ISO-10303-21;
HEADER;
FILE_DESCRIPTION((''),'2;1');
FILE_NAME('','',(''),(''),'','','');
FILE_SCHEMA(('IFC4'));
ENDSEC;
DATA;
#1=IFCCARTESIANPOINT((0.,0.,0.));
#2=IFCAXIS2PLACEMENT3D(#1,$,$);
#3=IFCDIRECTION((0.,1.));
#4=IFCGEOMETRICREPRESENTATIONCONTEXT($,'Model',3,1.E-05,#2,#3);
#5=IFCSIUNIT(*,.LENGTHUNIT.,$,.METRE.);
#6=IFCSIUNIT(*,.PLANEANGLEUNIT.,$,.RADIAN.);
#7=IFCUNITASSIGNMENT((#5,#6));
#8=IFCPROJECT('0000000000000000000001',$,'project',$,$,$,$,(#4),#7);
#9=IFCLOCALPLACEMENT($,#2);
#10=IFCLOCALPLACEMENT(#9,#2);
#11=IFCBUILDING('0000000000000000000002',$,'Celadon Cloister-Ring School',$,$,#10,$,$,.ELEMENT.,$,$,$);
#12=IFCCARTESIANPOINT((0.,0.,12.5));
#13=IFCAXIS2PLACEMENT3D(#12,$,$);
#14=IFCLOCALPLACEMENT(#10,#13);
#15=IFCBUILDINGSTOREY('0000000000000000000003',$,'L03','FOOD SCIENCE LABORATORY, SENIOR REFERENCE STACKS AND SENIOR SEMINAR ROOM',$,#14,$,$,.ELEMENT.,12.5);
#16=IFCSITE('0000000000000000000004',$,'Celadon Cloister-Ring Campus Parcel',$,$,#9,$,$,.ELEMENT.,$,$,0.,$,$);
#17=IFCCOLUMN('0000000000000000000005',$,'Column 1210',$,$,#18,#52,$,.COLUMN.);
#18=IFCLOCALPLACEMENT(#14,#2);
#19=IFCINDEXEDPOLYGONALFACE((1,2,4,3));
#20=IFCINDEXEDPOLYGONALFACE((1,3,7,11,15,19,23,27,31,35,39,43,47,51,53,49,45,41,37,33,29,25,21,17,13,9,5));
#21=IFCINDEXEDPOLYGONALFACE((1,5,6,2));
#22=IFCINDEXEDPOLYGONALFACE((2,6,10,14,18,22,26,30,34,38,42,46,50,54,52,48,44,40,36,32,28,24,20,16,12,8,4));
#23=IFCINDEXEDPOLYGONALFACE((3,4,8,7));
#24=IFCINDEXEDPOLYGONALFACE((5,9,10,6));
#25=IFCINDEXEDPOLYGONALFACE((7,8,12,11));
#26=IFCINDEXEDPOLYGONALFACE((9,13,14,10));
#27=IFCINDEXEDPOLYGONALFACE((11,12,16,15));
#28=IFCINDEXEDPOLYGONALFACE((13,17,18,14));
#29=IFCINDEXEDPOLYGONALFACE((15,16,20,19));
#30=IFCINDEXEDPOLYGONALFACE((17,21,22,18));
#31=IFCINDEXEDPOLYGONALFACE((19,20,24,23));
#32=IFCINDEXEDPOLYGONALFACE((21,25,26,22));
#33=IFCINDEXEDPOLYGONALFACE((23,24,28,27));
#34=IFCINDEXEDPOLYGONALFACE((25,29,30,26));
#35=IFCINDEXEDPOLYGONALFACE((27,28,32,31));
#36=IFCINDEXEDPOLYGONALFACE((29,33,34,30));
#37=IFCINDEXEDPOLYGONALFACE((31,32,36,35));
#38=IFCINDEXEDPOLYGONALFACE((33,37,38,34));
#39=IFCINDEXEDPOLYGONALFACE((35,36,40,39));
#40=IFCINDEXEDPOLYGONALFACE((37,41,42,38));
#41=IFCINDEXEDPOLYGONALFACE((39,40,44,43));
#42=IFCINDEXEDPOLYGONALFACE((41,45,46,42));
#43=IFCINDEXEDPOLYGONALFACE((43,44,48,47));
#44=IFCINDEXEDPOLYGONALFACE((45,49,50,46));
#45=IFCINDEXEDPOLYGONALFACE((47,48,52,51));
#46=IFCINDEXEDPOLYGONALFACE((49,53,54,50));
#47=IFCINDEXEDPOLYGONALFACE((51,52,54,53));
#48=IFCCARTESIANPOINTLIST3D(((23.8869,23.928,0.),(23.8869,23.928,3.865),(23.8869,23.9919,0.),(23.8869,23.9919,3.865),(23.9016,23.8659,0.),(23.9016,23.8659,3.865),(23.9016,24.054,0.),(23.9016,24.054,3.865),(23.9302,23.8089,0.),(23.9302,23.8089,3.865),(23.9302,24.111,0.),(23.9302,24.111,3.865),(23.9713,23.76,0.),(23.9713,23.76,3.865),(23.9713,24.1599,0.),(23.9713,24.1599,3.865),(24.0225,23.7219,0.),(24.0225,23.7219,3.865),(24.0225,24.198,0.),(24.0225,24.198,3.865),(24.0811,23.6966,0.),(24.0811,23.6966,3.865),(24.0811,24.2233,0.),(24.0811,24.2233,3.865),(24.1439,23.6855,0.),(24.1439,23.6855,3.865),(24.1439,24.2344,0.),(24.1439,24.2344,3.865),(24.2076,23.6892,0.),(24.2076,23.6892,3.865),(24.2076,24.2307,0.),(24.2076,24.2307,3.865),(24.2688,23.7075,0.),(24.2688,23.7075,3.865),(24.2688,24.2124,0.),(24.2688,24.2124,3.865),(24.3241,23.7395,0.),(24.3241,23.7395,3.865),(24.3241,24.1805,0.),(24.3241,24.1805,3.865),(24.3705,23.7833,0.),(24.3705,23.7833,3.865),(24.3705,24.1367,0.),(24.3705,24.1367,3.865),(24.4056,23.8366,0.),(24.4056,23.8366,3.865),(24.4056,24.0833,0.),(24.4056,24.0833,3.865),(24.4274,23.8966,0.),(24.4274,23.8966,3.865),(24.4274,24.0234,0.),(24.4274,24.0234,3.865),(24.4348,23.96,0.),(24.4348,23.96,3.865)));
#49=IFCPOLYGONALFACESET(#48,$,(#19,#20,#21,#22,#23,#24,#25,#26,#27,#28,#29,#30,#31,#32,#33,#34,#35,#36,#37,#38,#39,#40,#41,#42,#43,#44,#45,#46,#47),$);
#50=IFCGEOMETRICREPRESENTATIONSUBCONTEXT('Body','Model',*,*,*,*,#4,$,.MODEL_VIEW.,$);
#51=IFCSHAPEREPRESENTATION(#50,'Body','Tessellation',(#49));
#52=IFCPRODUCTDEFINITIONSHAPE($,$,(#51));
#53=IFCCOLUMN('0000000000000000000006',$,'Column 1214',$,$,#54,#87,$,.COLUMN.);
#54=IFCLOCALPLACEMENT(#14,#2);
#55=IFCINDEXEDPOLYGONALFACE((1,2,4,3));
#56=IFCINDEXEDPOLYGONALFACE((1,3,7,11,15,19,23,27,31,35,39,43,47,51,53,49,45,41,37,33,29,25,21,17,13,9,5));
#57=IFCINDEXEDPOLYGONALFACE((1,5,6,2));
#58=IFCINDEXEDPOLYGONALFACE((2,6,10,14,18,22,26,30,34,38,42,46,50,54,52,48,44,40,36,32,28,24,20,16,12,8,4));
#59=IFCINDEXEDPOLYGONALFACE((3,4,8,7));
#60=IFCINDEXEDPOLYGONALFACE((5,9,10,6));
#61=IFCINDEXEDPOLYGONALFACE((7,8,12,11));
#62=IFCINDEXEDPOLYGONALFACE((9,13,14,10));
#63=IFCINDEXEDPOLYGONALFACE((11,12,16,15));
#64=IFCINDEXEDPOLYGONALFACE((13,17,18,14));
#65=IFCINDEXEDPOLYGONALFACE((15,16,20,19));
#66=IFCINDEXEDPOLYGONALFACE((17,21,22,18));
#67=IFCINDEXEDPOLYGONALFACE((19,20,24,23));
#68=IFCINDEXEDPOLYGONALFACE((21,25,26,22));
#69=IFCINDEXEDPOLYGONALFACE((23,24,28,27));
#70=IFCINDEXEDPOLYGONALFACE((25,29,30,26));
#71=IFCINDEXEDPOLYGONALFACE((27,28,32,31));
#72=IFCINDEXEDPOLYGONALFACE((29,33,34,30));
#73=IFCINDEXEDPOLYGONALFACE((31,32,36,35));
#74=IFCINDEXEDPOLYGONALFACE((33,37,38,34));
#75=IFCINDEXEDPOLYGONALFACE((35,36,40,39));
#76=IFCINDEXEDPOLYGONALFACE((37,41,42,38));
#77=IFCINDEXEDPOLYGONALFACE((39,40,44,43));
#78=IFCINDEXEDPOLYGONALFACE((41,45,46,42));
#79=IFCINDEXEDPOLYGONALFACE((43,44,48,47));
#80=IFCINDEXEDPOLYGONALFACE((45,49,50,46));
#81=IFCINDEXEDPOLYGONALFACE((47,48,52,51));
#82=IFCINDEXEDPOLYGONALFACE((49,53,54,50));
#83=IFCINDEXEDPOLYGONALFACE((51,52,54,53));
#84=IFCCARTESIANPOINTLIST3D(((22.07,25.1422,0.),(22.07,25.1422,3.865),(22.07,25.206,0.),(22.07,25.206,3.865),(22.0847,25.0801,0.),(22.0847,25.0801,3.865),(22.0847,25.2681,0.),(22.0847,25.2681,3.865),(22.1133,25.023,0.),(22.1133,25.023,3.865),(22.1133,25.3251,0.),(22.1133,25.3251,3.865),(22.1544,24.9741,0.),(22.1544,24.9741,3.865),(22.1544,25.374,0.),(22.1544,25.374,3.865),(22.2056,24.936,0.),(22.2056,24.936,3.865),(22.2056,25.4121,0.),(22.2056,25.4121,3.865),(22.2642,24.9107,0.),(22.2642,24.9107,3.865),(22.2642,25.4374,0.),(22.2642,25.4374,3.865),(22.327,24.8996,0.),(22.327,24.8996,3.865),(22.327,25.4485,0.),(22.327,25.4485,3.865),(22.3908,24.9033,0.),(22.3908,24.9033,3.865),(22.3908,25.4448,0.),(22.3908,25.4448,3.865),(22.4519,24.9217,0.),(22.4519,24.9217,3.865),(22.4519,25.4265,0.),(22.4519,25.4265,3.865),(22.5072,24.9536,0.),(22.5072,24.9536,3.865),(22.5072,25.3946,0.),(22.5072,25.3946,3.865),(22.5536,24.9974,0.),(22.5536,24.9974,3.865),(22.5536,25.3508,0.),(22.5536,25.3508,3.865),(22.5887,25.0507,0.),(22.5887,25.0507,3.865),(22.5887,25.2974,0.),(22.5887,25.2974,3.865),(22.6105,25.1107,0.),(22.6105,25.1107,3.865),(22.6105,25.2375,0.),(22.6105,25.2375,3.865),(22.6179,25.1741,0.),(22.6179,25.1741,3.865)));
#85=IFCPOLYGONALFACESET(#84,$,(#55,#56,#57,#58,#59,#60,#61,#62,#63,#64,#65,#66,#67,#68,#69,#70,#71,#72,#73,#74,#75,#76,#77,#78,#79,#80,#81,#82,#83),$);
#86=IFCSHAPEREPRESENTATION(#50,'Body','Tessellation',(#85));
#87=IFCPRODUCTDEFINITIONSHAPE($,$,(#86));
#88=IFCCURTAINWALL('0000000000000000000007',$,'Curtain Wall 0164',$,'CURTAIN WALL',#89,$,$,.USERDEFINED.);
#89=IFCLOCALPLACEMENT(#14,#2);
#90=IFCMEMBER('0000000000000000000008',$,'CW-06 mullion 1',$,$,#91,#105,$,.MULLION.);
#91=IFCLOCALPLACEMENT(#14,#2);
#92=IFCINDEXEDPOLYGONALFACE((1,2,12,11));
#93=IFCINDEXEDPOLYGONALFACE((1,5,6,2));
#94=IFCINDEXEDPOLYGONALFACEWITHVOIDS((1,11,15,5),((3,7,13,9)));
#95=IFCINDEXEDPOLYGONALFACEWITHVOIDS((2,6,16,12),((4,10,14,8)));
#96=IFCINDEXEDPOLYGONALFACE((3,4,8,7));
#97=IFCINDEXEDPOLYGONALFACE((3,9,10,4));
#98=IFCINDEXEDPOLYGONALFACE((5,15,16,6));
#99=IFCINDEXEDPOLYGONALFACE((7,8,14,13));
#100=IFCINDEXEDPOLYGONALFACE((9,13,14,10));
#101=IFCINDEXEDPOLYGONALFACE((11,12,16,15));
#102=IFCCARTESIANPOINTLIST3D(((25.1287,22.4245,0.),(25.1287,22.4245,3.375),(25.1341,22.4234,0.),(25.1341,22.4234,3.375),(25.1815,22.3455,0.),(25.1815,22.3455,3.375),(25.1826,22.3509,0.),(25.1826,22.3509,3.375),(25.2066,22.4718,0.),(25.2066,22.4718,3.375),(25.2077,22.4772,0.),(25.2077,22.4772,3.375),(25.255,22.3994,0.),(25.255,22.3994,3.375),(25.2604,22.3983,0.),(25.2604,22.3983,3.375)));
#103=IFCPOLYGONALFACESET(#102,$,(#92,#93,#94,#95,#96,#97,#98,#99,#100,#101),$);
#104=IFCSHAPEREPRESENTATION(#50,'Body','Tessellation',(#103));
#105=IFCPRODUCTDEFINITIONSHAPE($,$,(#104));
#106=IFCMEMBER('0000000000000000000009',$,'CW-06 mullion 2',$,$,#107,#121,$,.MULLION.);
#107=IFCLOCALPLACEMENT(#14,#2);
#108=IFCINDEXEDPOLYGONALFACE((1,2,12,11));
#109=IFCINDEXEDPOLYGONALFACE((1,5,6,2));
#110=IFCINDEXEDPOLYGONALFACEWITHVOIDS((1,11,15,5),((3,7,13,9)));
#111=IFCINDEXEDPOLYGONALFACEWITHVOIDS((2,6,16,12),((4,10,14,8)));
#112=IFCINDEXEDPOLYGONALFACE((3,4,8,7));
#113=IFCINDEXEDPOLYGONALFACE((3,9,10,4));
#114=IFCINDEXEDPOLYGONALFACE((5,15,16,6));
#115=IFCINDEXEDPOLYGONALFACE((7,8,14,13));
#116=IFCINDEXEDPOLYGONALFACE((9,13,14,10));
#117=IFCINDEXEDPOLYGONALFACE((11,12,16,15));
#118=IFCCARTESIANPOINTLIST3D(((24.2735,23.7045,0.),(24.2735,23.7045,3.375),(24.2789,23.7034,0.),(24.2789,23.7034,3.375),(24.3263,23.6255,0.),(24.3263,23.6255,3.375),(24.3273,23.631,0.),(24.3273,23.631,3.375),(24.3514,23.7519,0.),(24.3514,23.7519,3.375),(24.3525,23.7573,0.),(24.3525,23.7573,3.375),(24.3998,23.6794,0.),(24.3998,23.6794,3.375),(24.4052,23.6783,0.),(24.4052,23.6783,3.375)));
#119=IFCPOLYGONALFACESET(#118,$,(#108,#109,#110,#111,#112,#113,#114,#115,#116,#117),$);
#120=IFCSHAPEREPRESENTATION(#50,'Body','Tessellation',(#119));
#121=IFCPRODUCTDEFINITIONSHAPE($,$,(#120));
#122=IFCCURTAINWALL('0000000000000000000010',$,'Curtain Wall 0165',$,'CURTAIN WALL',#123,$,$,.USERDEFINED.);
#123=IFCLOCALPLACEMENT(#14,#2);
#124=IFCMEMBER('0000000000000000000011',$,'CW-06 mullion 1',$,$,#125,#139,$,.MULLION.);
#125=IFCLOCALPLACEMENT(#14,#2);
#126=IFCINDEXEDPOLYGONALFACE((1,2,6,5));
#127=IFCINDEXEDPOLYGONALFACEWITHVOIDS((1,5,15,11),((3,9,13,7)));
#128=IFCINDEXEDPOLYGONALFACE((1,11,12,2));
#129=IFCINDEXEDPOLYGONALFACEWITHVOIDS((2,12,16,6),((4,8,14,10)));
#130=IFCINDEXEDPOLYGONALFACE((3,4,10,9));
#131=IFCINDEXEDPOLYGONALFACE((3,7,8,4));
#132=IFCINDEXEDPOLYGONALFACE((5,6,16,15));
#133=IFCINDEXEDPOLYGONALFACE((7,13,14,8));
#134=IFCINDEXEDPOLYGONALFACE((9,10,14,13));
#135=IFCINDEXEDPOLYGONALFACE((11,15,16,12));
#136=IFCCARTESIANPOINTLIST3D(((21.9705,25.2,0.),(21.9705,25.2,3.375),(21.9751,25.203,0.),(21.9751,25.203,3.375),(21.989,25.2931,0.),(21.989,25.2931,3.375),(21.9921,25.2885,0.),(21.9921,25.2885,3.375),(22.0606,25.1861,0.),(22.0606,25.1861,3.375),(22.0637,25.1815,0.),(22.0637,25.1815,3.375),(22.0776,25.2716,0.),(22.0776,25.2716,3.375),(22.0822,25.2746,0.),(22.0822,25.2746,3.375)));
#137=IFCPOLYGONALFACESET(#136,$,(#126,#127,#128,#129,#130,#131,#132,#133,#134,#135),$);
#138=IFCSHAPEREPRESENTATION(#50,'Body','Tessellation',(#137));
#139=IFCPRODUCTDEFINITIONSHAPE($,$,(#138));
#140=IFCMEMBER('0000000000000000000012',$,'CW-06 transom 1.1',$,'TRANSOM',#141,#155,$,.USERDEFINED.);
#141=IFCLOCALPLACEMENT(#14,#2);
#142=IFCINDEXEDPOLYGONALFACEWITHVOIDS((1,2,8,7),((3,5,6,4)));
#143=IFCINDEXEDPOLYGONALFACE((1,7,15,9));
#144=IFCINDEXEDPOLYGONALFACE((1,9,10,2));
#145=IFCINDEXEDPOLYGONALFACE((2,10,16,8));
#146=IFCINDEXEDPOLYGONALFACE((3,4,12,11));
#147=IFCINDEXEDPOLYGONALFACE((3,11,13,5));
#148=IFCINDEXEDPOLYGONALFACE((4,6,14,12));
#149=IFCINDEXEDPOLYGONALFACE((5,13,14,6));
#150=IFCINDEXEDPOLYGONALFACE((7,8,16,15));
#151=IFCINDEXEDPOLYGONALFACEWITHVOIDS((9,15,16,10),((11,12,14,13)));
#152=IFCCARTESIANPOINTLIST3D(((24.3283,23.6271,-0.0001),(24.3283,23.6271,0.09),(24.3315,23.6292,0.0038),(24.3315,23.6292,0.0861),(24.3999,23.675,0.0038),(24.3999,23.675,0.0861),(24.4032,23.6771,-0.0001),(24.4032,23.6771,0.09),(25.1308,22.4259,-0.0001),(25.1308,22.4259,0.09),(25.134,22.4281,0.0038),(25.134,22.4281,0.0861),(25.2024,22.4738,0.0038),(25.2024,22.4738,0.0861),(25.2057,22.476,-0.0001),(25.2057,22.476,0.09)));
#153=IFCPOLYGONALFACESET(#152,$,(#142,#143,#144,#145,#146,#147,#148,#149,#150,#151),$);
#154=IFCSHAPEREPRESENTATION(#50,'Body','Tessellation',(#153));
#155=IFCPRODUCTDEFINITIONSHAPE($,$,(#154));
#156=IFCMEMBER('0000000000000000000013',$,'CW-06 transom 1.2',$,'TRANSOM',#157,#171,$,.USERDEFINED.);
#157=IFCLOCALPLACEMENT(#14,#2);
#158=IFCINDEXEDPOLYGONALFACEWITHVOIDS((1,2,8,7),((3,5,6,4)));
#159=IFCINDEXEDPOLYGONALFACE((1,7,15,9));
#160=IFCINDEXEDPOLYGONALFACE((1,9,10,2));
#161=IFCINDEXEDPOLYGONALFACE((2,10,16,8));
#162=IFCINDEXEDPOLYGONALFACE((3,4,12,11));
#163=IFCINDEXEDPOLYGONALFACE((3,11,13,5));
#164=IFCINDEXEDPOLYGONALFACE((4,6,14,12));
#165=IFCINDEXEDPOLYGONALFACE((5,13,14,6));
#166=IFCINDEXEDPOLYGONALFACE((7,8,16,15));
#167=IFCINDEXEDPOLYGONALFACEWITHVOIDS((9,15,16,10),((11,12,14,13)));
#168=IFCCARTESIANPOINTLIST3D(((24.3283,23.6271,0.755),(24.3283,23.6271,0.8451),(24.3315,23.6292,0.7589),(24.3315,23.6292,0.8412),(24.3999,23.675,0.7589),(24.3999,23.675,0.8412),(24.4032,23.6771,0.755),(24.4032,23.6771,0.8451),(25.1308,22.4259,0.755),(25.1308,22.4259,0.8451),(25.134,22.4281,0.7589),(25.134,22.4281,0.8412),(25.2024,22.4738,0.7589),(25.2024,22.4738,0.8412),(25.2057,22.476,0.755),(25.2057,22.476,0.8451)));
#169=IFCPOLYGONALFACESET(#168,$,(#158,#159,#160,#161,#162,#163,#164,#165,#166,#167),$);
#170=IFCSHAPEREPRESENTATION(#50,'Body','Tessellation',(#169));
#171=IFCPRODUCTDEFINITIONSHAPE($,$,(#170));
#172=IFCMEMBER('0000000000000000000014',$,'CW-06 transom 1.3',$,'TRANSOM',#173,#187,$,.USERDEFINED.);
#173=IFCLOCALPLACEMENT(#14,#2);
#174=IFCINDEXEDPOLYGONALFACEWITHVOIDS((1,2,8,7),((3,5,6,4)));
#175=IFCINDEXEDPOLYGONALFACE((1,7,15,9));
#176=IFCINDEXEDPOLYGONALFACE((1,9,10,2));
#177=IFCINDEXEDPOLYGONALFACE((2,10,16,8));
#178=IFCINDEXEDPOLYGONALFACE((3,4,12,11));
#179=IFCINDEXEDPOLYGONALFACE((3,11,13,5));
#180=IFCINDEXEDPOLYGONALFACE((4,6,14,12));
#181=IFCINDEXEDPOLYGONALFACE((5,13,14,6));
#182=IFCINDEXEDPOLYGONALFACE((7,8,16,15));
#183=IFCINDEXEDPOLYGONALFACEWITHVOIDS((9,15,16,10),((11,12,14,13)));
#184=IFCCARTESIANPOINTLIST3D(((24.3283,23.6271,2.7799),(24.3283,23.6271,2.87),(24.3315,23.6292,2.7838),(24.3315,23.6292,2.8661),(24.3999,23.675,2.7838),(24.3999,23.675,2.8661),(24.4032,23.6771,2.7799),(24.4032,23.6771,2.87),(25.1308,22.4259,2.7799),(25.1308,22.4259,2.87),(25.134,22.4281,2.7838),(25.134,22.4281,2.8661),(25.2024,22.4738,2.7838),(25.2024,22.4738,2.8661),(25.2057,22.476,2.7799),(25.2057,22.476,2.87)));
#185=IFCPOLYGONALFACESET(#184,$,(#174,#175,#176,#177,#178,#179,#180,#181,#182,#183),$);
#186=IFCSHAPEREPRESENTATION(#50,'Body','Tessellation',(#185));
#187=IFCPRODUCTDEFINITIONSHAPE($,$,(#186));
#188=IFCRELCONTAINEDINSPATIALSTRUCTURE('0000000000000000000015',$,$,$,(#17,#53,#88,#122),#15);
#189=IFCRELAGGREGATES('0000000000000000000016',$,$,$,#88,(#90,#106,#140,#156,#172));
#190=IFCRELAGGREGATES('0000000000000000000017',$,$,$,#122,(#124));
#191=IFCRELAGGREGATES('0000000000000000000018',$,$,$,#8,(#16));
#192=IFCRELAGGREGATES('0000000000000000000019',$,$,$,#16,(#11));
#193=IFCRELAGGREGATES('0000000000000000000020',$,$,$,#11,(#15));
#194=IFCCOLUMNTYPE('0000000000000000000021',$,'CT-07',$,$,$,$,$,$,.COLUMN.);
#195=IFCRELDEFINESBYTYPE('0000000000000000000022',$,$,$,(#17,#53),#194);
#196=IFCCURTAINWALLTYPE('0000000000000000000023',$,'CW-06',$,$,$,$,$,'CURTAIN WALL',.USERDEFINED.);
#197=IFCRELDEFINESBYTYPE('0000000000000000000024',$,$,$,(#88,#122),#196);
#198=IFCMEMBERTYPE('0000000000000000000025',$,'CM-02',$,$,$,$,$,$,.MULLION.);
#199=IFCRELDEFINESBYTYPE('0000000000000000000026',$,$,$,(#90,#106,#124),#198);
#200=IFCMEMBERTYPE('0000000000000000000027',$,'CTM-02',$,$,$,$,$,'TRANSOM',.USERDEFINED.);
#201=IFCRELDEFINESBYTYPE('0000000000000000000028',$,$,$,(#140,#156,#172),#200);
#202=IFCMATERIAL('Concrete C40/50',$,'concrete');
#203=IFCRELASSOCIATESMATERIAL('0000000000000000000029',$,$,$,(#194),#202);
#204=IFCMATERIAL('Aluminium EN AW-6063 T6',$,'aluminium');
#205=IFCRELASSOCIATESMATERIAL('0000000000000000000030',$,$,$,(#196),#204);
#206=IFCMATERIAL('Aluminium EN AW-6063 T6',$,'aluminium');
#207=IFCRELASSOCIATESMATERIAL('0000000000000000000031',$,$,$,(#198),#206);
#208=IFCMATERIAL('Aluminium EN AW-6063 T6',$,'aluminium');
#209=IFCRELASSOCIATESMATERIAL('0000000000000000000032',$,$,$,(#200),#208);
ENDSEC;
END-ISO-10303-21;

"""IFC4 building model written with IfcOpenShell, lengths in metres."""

from ifc_helpers import new_model, si_unit, direction, frame, origin, origin_2d, place, context, subcontext, project, spatial, hollow_rectangle, circle, extrude, material, material_profile, profile_set, type_object, element, aggregate, save


model = new_model("IFC4")

# Units and contexts
model_context = context("Model", 3, precision=1e-05, world=origin(), true_north=direction((0.0, 1.0)))
body_context = subcontext(model_context, "Body", "Model", "MODEL_VIEW")
ifc_project = project(units=[si_unit("LENGTHUNIT", "METRE"), si_unit("PLANEANGLEUNIT", "RADIAN")], contexts=[model_context])

# Site, building, storey
site_placement = place(None, origin())
site = spatial("IfcSite", under=ifc_project, at=site_placement, Name="Celadon Cloister-Ring Campus Parcel", CompositionType="ELEMENT", RefElevation=0.0)
building_placement = place(site_placement, origin())
building = spatial("IfcBuilding", under=site, at=building_placement, Name="Celadon Cloister-Ring School", CompositionType="ELEMENT")
storey_placement = place(building_placement, frame((0.0, 0.0, 12.5)))
storey = spatial("IfcBuildingStorey", under=building, at=storey_placement, Name="L03", Description="FOOD SCIENCE LABORATORY, SENIOR REFERENCE STACKS AND SENIOR SEMINAR ROOM", CompositionType="ELEMENT", Elevation=12.5)

# Columns
ifc_material_1 = material(Name="Concrete C40/50", Category="concrete")
ifc_material_profile_1 = material_profile(ifc_material_1, circle(Radius=0.2749, at=origin_2d()), Name="CIRC550")
ifc_profile_set_1 = profile_set([ifc_material_profile_1], Name="Concrete C40/50")
column_type = type_object("IfcColumnType", Name="CT-07", PredefinedType="COLUMN", material=ifc_profile_set_1)
for number, where, z_axis, x_axis, name in (
    (1, (24.1599, 23.96, 0.0), (0.0, 0.0, 1.0), (1.0, 0.0, 0.0), "Column 1210"),
    (2, (22.343, 25.1741, 0.0), (0.0, 0.0, 1.0), (1.0, 0.0, 0.0), "Column 1214"),
):
    element("IfcColumn", number, at=place(storey_placement, frame(where, z_axis=z_axis, x_axis=x_axis)), inside=storey, type_object=column_type, Name=name, PredefinedType="COLUMN", context=body_context, shape_type="SweptSolid", body=[
        extrude(circle(Radius=0.2749, at=origin_2d()), origin(), (0.0, 0.0, 1.0), 3.865),
    ])

# Curtain wall, members
ifc_material_2 = material(Name="Aluminium EN AW-6063 T6", Category="aluminium")
curtain_wall_type = type_object("IfcCurtainWallType", Name="CW-06", ElementType="CURTAIN WALL", PredefinedType="USERDEFINED", material=ifc_material_2)
curtain_wall_1_placement = place(storey_placement, origin())
curtain_wall_1 = element("IfcCurtainWall", 3, at=curtain_wall_1_placement, inside=storey, type_object=curtain_wall_type, Name="Curtain Wall 0164", ObjectType="CURTAIN WALL", PredefinedType="USERDEFINED")
ifc_material_3 = material(Name="Aluminium EN AW-6063 T6", Category="aluminium")
ifc_material_profile_2 = material_profile(ifc_material_3, hollow_rectangle(XDim=0.095, YDim=0.095, WallThickness=0.0039, at=origin_2d()), Name="RHS95X95X4")
ifc_profile_set_2 = profile_set([ifc_material_profile_2], Name="Aluminium EN AW-6063 T6")
member_type_1 = type_object("IfcMemberType", Name="CM-02", PredefinedType="MULLION", material=ifc_profile_set_2)
member_1_placement = place(storey_placement, frame((25.1946, 22.4114, 0.0), z_axis=(0.0, 0.0, 1.0), x_axis=(-0.831485, -0.555547, 0.0)))
member_1 = element("IfcMember", 4, at=member_1_placement, type_object=member_type_1, Name="CW-06 mullion 1", PredefinedType="MULLION", context=body_context, shape_type="SweptSolid", body=[
    extrude(hollow_rectangle(XDim=0.095, YDim=0.095, WallThickness=0.0039, at=origin_2d()), origin(), (0.0, 0.0, 1.0), 3.375),
])
member_2_placement = place(storey_placement, frame((24.3394, 23.6914, 0.0), z_axis=(0.0, 0.0, 1.0), x_axis=(-0.831485, -0.555547, 0.0)))
member_2 = element("IfcMember", 5, at=member_2_placement, type_object=member_type_1, Name="CW-06 mullion 2", PredefinedType="MULLION", context=body_context, shape_type="SweptSolid", body=[
    extrude(hollow_rectangle(XDim=0.095, YDim=0.095, WallThickness=0.0039, at=origin_2d()), origin(), (0.0, 0.0, 1.0), 3.375),
])

# Curtain wall, member
curtain_wall_2_placement = place(storey_placement, origin())
curtain_wall_2 = element("IfcCurtainWall", 6, at=curtain_wall_2_placement, inside=storey, type_object=curtain_wall_type, Name="Curtain Wall 0165", ObjectType="CURTAIN WALL", PredefinedType="USERDEFINED")
member_3_placement = place(storey_placement, frame((22.0264, 25.2373, 0.0), z_axis=(0.0, 0.0, 1.0), x_axis=(-0.194586, -0.980885, 0.0)))
member_3 = element("IfcMember", 7, at=member_3_placement, type_object=member_type_1, Name="CW-06 mullion 1", PredefinedType="MULLION", context=body_context, shape_type="SweptSolid", body=[
    extrude(hollow_rectangle(XDim=0.095, YDim=0.095, WallThickness=0.0039, at=origin_2d()), origin(), (0.0, 0.0, 1.0), 3.375),
])

# Members
ifc_material_4 = material(Name="Aluminium EN AW-6063 T6", Category="aluminium")
ifc_material_profile_3 = material_profile(ifc_material_4, hollow_rectangle(XDim=0.0901, YDim=0.0901, WallThickness=0.0039, at=origin_2d()), Name="RHS90X90X4")
ifc_profile_set_3 = profile_set([ifc_material_profile_3], Name="Aluminium EN AW-6063 T6")
member_type_2 = type_object("IfcMemberType", Name="CTM-02", ElementType="TRANSOM", PredefinedType="USERDEFINED", material=ifc_profile_set_3)
member_4_placement = place(storey_placement, frame((25.1682, 22.4509, 0.0449), z_axis=(-0.555519, 0.831504, 0.0), x_axis=(-0.831504, -0.555519, 0.0)))
member_4 = element("IfcMember", 8, at=member_4_placement, type_object=member_type_2, Name="CW-06 transom 1.1", ObjectType="TRANSOM", PredefinedType="USERDEFINED", context=body_context, shape_type="SweptSolid", body=[
    extrude(hollow_rectangle(XDim=0.0901, YDim=0.0901, WallThickness=0.0039, at=origin_2d()), origin(), (0.0, 0.0, 1.0), 1.4446),
])
member_5_placement = place(storey_placement, frame((25.1682, 22.4509, 0.8), z_axis=(-0.555519, 0.831504, 0.0), x_axis=(-0.831504, -0.555519, 0.0)))
member_5 = element("IfcMember", 9, at=member_5_placement, type_object=member_type_2, Name="CW-06 transom 1.2", ObjectType="TRANSOM", PredefinedType="USERDEFINED", context=body_context, shape_type="SweptSolid", body=[
    extrude(hollow_rectangle(XDim=0.0901, YDim=0.0901, WallThickness=0.0039, at=origin_2d()), origin(), (0.0, 0.0, 1.0), 1.4446),
])
member_6_placement = place(storey_placement, frame((25.1682, 22.4509, 2.825), z_axis=(-0.555519, 0.831504, 0.0), x_axis=(-0.831504, -0.555519, 0.0)))
member_6 = element("IfcMember", 10, at=member_6_placement, type_object=member_type_2, Name="CW-06 transom 1.3", ObjectType="TRANSOM", PredefinedType="USERDEFINED", context=body_context, shape_type="SweptSolid", body=[
    extrude(hollow_rectangle(XDim=0.0901, YDim=0.0901, WallThickness=0.0039, at=origin_2d()), origin(), (0.0, 0.0, 1.0), 1.4446),
])

aggregate(curtain_wall_1, [member_1, member_2, member_4, member_5, member_6])
aggregate(curtain_wall_2, [member_3])

save(model, "model.ifc")
